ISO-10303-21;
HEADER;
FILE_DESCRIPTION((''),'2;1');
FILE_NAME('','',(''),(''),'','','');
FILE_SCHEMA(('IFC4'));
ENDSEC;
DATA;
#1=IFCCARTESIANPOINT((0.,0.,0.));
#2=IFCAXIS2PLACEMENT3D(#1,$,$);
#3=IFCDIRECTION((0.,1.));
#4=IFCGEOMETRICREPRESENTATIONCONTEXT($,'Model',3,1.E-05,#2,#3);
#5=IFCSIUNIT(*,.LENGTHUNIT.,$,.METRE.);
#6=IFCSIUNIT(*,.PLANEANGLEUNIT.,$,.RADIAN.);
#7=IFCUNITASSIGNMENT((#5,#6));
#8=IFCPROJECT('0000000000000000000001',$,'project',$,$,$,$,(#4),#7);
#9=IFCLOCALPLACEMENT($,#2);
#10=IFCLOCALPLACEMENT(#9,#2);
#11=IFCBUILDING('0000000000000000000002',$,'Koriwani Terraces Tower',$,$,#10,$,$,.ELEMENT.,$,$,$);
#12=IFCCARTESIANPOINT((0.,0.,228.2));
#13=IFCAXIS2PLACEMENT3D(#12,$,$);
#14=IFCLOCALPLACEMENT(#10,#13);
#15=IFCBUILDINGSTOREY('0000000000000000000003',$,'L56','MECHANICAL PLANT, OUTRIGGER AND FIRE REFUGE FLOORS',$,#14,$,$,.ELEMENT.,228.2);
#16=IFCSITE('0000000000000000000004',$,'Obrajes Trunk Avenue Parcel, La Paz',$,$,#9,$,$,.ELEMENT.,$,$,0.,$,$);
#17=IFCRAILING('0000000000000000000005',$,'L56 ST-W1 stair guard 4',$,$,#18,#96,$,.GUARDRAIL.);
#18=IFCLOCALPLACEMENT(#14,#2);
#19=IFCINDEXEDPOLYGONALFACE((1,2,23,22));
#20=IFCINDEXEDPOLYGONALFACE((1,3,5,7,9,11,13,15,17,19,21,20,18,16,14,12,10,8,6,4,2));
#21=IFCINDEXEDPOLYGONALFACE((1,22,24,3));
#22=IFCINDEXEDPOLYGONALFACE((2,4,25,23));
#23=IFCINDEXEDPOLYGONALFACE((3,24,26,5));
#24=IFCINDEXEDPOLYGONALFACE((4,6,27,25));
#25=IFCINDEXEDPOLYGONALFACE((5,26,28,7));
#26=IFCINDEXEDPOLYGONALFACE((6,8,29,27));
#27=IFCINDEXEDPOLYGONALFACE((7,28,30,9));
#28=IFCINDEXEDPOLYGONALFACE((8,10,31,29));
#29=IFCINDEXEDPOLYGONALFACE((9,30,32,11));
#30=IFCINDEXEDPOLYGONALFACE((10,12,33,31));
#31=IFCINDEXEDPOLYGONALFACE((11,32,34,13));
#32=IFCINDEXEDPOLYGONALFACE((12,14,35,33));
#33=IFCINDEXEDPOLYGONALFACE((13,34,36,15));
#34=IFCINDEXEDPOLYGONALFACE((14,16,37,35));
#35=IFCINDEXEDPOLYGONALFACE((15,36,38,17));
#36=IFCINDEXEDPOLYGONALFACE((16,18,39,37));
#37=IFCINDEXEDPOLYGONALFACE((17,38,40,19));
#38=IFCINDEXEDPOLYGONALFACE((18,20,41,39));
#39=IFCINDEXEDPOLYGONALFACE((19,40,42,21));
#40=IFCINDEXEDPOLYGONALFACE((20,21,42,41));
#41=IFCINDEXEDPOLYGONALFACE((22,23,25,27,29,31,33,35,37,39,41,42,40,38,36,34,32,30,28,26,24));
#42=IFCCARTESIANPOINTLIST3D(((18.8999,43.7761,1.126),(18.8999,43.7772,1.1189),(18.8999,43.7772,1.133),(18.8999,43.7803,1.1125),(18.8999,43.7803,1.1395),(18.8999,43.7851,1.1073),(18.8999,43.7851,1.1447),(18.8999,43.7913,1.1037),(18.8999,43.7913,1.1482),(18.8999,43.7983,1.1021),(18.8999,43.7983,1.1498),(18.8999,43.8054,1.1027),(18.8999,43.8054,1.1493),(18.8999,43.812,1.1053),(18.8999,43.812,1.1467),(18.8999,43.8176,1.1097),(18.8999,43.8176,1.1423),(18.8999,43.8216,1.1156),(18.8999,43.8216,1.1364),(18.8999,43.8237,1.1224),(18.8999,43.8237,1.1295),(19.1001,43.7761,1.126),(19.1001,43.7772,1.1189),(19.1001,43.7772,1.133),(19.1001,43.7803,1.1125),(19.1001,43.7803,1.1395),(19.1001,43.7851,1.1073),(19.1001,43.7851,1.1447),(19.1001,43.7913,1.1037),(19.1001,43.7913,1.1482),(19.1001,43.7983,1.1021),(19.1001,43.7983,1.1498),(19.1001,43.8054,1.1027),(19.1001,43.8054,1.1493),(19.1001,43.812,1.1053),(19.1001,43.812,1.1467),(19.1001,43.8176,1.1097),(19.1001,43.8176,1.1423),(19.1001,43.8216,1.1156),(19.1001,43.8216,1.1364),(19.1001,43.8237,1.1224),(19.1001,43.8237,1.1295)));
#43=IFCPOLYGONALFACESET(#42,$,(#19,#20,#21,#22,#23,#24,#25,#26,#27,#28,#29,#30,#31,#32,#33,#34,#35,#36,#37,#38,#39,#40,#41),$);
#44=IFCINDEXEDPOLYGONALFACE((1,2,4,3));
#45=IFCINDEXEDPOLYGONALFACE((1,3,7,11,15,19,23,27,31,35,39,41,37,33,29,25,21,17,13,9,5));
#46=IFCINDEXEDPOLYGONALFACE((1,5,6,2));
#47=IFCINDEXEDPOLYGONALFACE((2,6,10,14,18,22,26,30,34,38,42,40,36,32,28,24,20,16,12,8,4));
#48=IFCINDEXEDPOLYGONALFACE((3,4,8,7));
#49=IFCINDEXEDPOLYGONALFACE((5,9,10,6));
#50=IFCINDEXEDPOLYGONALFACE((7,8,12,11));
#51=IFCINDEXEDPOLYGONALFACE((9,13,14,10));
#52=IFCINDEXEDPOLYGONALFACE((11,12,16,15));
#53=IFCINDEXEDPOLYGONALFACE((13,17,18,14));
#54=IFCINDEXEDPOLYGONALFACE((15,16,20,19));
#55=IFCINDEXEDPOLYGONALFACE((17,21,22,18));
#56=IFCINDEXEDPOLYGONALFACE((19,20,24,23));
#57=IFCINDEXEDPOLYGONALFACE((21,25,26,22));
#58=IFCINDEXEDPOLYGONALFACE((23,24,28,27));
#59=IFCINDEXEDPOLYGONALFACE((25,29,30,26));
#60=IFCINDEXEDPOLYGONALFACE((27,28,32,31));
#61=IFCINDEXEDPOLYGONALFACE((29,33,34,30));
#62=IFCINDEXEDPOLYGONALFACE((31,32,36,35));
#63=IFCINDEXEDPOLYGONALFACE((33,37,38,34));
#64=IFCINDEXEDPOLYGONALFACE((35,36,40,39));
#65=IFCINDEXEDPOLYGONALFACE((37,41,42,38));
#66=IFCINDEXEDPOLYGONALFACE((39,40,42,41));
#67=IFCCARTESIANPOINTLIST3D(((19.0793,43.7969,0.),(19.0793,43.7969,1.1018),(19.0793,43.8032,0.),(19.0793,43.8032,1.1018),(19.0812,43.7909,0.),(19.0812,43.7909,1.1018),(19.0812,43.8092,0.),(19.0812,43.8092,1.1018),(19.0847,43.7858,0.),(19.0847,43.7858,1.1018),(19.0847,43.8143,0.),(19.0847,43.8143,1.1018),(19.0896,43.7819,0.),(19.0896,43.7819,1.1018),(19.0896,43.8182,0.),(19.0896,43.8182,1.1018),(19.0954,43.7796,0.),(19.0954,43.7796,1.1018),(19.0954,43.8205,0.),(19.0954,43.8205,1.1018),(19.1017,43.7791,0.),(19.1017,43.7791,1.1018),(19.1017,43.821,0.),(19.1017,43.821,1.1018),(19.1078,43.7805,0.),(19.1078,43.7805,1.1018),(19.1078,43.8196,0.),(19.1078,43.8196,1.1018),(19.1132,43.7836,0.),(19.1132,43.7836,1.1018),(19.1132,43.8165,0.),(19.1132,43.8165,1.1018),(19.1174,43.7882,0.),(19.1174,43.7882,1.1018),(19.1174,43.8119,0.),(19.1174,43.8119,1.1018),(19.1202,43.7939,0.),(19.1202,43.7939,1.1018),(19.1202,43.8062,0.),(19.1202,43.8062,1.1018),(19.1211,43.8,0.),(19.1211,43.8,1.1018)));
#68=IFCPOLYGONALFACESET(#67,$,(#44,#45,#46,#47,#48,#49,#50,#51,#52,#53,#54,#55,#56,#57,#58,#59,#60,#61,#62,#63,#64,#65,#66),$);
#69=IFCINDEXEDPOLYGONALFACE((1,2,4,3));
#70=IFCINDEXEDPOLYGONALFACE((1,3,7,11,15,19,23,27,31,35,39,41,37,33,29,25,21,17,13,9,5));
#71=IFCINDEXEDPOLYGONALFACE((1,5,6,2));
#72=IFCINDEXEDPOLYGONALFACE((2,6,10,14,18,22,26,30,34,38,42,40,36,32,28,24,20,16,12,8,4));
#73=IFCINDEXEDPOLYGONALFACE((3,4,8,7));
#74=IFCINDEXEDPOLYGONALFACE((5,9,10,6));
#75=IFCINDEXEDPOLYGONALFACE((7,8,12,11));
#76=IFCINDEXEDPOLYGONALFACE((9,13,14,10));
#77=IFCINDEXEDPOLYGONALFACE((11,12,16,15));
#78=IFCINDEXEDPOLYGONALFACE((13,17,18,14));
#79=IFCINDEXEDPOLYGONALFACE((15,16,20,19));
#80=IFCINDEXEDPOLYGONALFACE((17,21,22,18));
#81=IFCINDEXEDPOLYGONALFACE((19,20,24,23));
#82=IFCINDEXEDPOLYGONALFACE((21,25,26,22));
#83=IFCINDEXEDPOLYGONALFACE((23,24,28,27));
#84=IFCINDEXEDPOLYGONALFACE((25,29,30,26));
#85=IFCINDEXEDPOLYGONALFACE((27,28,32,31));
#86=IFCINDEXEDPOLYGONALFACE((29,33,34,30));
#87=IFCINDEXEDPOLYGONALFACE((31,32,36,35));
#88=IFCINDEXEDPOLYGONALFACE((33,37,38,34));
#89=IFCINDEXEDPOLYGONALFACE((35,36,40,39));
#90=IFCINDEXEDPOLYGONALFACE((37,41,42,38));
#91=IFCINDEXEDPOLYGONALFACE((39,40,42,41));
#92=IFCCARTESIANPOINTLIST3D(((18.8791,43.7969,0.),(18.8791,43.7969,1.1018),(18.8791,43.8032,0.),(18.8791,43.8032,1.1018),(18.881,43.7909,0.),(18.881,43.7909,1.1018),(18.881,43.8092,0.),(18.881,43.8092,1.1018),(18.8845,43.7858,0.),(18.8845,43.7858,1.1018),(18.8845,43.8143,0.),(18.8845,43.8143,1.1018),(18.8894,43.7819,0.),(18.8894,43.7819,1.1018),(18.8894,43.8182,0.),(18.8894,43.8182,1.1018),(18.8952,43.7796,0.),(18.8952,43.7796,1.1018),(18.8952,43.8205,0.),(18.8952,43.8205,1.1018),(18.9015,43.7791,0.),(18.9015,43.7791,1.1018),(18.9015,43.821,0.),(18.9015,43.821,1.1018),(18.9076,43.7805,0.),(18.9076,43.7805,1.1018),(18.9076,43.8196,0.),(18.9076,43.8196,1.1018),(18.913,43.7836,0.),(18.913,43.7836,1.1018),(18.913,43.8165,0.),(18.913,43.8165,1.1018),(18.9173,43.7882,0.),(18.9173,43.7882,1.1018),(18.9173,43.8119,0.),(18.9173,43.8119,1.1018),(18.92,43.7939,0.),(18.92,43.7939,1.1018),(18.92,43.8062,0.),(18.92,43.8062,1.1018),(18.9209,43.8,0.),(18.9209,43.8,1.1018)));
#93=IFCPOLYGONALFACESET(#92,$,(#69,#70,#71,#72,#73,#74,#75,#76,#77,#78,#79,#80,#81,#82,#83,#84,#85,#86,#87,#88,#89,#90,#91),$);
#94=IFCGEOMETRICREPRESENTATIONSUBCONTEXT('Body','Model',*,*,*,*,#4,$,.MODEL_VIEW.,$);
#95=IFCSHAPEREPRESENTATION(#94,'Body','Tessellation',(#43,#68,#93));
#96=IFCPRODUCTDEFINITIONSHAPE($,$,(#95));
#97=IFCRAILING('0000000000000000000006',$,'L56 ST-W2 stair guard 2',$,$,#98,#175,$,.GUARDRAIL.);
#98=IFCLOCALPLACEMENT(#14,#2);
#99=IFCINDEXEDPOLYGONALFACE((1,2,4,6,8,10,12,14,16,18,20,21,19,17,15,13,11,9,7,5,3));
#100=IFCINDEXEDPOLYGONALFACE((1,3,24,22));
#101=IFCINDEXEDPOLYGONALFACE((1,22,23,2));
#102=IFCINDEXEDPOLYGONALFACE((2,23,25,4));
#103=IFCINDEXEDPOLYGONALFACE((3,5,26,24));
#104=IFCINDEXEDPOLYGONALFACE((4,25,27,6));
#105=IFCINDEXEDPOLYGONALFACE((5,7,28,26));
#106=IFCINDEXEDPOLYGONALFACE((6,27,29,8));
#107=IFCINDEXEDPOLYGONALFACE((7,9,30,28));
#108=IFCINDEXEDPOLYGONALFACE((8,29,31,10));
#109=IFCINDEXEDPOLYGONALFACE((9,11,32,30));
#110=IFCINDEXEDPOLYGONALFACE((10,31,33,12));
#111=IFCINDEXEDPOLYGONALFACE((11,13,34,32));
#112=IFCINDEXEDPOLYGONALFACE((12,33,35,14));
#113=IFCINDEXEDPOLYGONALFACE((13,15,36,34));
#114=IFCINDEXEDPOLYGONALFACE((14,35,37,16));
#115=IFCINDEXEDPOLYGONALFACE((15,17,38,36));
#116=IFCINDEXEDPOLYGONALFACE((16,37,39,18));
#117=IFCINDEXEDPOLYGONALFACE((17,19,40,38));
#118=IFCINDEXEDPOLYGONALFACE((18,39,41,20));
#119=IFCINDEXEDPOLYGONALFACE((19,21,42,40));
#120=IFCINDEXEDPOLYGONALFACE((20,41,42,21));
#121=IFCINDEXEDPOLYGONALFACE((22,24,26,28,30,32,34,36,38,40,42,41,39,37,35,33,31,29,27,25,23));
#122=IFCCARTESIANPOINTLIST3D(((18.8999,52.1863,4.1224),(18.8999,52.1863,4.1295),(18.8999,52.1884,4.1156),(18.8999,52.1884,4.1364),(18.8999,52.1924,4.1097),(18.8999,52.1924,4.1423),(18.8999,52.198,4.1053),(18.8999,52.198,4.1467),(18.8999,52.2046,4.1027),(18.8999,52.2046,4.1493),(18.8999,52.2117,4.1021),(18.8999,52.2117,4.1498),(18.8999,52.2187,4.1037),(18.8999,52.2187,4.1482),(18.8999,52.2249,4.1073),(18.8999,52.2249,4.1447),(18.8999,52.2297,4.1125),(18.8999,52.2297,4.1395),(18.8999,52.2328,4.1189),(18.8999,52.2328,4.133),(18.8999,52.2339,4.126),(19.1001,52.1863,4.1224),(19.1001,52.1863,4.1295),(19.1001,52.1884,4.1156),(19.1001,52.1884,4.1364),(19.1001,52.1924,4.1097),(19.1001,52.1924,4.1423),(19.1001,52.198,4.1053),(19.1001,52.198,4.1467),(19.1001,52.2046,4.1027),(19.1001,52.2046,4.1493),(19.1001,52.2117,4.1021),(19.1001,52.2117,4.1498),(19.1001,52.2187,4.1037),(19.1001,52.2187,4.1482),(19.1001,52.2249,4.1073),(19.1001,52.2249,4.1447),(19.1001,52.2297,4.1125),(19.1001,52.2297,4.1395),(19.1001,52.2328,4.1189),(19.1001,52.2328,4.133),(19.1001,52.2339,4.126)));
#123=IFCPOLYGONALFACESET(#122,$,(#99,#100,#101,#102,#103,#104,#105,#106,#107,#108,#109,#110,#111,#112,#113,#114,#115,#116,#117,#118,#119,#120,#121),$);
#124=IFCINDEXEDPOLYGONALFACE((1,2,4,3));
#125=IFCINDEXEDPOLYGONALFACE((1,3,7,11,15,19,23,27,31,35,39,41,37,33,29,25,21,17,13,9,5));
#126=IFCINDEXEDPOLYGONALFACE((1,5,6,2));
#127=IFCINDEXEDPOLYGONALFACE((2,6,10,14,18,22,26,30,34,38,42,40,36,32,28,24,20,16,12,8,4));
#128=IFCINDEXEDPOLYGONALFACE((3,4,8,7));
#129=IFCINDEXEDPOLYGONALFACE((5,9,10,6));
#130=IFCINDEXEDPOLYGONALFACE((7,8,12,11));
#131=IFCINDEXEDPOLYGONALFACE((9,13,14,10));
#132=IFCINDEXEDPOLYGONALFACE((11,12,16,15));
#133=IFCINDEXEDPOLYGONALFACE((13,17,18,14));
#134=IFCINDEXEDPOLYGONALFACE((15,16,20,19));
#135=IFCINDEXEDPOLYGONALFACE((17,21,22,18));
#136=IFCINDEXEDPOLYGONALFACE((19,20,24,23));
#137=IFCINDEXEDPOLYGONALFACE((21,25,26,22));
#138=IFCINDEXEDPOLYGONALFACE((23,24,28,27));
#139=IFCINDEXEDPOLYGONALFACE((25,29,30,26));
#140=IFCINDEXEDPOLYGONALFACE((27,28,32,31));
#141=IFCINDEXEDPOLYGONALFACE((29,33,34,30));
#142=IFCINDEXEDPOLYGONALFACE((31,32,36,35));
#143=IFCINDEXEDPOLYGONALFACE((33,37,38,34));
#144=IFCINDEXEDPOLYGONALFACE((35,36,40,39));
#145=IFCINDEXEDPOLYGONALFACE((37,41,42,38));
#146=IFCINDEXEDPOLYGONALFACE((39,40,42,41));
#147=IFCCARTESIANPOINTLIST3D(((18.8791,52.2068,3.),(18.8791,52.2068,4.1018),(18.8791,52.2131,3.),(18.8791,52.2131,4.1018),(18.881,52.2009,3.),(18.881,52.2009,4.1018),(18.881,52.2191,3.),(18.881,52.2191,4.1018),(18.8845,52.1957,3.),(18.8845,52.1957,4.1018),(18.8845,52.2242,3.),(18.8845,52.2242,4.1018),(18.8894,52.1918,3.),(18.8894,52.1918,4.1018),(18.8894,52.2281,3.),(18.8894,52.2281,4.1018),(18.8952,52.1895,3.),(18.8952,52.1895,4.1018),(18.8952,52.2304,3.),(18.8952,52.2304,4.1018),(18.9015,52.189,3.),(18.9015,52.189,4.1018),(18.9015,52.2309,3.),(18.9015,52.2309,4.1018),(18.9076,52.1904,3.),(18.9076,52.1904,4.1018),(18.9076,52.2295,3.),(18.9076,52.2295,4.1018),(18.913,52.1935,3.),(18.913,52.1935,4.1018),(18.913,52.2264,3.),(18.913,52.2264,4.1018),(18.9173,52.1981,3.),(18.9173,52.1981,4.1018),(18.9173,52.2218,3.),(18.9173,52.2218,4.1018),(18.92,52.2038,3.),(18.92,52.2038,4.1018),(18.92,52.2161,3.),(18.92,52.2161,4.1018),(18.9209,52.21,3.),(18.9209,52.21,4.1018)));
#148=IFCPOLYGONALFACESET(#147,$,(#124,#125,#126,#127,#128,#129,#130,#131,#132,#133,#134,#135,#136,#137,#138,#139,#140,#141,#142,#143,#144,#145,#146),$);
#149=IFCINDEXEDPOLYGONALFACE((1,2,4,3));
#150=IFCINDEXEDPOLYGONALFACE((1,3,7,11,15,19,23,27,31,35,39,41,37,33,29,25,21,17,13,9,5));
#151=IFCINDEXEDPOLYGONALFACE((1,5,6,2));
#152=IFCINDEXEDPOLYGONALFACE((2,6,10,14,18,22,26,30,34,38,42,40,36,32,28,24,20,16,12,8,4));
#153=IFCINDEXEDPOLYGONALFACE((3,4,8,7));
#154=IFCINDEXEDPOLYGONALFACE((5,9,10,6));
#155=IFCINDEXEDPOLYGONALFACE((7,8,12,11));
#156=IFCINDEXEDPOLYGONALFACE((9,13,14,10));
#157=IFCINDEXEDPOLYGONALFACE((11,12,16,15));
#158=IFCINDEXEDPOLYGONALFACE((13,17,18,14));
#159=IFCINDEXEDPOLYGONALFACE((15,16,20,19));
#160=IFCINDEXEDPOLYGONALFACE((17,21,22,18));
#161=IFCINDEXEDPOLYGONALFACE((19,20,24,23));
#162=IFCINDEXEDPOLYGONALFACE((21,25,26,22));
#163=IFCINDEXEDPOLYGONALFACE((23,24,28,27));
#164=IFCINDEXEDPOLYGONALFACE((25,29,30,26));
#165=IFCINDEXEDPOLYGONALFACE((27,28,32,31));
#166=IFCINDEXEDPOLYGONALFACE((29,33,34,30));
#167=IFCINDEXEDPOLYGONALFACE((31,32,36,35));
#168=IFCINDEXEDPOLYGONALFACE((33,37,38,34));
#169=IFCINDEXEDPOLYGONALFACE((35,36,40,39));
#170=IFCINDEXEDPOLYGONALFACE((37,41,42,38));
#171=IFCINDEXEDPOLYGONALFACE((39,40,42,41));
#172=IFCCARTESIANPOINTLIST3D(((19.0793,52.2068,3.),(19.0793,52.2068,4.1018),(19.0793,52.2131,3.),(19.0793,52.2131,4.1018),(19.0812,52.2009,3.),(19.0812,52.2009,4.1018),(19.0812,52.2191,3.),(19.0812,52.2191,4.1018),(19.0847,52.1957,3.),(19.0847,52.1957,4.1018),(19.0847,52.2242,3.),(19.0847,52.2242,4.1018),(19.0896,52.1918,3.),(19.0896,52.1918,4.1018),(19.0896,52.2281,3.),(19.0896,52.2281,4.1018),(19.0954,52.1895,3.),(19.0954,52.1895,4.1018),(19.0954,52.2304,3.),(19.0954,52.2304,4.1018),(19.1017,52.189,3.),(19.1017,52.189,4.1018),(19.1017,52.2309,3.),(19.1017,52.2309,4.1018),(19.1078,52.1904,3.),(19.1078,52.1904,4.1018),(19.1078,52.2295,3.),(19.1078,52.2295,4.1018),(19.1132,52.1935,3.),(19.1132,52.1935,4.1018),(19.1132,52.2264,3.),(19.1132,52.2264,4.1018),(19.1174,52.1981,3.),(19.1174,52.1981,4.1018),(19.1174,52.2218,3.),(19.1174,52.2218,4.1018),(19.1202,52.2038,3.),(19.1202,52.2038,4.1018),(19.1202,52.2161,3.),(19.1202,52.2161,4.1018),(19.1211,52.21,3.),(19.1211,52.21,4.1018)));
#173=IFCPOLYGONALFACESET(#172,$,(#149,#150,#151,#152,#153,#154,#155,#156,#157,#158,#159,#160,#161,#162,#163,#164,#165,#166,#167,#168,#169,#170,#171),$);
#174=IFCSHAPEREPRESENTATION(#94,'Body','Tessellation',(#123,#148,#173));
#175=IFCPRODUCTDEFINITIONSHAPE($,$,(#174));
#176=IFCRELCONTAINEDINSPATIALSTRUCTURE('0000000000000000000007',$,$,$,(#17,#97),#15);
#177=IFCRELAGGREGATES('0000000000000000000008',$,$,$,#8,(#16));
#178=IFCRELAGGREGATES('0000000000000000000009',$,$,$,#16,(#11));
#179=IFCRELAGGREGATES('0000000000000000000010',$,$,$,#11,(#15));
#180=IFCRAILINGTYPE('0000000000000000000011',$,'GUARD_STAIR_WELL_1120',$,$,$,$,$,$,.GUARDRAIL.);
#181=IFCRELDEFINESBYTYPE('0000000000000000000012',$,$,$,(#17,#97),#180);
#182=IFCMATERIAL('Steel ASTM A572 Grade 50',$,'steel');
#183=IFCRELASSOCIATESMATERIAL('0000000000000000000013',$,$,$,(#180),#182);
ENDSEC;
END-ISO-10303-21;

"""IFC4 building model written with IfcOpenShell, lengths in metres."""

from ifc_helpers import new_model, si_unit, direction, frame, origin, origin_2d, place, context, subcontext, project, spatial, circle, extrude, material, type_object, element, save


model = new_model("IFC4")

# Units and contexts
model_context = context("Model", 3, precision=1e-05, world=origin(), true_north=direction((0.0, 1.0)))
body_context = subcontext(model_context, "Body", "Model", "MODEL_VIEW")
ifc_project = project(units=[si_unit("LENGTHUNIT", "METRE"), si_unit("PLANEANGLEUNIT", "RADIAN")], contexts=[model_context])

# Site, building, storey
site_placement = place(None, origin())
site = spatial("IfcSite", under=ifc_project, at=site_placement, Name="Obrajes Trunk Avenue Parcel, La Paz", CompositionType="ELEMENT", RefElevation=0.0)
building_placement = place(site_placement, origin())
building = spatial("IfcBuilding", under=site, at=building_placement, Name="Koriwani Terraces Tower", CompositionType="ELEMENT")
storey_placement = place(building_placement, frame((0.0, 0.0, 228.2)))
storey = spatial("IfcBuildingStorey", under=building, at=storey_placement, Name="L56", Description="MECHANICAL PLANT, OUTRIGGER AND FIRE REFUGE FLOORS", CompositionType="ELEMENT", Elevation=228.2)

# Shared definitions
ifc_material_1 = material(Name="Steel ASTM A572 Grade 50", Category="steel")

# Railings
railing_type_1 = type_object("IfcRailingType", Name="GUARD_STAIR_WELL_1120", PredefinedType="GUARDRAIL", material=ifc_material_1)
railing_1_placement = place(storey_placement, frame((19.1001, 43.8, 0.0)))
element("IfcRailing", 1, at=railing_1_placement, inside=storey, type_object=railing_type_1, Name="L56 ST-W1 stair guard 4", PredefinedType="GUARDRAIL", context=body_context, shape_type="SweptSolid", body=[
    extrude(circle(Radius=0.0239, at=origin_2d()), frame((0.0, 0.0, 1.126), z_axis=(-1.0, 0.0, 0.0), x_axis=(0.0, -1.0, 0.0)), (0.0, 0.0, 1.0), 0.2002),
    extrude(circle(Radius=0.021, at=origin_2d()), origin(), (0.0, 0.0, 1.0), 1.1018),
    extrude(circle(Radius=0.021, at=origin_2d()), frame((-0.2002, 0.0, 0.0)), (0.0, 0.0, 1.0), 1.1018),
])
railing_2_placement = place(storey_placement, frame((18.8999, 52.21, 3.0)))
element("IfcRailing", 2, at=railing_2_placement, inside=storey, type_object=railing_type_1, Name="L56 ST-W2 stair guard 2", PredefinedType="GUARDRAIL", context=body_context, shape_type="SweptSolid", body=[
    extrude(circle(Radius=0.0239, at=origin_2d()), frame((0.0, 0.0, 1.126), z_axis=(1.0, 0.0, 0.0), x_axis=(0.0, 1.0, 0.0)), (0.0, 0.0, 1.0), 0.2002),
    extrude(circle(Radius=0.021, at=origin_2d()), origin(), (0.0, 0.0, 1.0), 1.1018),
    extrude(circle(Radius=0.021, at=origin_2d()), frame((0.2002, 0.0, 0.0)), (0.0, 0.0, 1.0), 1.1018),
])

save(model, "model.ifc")
